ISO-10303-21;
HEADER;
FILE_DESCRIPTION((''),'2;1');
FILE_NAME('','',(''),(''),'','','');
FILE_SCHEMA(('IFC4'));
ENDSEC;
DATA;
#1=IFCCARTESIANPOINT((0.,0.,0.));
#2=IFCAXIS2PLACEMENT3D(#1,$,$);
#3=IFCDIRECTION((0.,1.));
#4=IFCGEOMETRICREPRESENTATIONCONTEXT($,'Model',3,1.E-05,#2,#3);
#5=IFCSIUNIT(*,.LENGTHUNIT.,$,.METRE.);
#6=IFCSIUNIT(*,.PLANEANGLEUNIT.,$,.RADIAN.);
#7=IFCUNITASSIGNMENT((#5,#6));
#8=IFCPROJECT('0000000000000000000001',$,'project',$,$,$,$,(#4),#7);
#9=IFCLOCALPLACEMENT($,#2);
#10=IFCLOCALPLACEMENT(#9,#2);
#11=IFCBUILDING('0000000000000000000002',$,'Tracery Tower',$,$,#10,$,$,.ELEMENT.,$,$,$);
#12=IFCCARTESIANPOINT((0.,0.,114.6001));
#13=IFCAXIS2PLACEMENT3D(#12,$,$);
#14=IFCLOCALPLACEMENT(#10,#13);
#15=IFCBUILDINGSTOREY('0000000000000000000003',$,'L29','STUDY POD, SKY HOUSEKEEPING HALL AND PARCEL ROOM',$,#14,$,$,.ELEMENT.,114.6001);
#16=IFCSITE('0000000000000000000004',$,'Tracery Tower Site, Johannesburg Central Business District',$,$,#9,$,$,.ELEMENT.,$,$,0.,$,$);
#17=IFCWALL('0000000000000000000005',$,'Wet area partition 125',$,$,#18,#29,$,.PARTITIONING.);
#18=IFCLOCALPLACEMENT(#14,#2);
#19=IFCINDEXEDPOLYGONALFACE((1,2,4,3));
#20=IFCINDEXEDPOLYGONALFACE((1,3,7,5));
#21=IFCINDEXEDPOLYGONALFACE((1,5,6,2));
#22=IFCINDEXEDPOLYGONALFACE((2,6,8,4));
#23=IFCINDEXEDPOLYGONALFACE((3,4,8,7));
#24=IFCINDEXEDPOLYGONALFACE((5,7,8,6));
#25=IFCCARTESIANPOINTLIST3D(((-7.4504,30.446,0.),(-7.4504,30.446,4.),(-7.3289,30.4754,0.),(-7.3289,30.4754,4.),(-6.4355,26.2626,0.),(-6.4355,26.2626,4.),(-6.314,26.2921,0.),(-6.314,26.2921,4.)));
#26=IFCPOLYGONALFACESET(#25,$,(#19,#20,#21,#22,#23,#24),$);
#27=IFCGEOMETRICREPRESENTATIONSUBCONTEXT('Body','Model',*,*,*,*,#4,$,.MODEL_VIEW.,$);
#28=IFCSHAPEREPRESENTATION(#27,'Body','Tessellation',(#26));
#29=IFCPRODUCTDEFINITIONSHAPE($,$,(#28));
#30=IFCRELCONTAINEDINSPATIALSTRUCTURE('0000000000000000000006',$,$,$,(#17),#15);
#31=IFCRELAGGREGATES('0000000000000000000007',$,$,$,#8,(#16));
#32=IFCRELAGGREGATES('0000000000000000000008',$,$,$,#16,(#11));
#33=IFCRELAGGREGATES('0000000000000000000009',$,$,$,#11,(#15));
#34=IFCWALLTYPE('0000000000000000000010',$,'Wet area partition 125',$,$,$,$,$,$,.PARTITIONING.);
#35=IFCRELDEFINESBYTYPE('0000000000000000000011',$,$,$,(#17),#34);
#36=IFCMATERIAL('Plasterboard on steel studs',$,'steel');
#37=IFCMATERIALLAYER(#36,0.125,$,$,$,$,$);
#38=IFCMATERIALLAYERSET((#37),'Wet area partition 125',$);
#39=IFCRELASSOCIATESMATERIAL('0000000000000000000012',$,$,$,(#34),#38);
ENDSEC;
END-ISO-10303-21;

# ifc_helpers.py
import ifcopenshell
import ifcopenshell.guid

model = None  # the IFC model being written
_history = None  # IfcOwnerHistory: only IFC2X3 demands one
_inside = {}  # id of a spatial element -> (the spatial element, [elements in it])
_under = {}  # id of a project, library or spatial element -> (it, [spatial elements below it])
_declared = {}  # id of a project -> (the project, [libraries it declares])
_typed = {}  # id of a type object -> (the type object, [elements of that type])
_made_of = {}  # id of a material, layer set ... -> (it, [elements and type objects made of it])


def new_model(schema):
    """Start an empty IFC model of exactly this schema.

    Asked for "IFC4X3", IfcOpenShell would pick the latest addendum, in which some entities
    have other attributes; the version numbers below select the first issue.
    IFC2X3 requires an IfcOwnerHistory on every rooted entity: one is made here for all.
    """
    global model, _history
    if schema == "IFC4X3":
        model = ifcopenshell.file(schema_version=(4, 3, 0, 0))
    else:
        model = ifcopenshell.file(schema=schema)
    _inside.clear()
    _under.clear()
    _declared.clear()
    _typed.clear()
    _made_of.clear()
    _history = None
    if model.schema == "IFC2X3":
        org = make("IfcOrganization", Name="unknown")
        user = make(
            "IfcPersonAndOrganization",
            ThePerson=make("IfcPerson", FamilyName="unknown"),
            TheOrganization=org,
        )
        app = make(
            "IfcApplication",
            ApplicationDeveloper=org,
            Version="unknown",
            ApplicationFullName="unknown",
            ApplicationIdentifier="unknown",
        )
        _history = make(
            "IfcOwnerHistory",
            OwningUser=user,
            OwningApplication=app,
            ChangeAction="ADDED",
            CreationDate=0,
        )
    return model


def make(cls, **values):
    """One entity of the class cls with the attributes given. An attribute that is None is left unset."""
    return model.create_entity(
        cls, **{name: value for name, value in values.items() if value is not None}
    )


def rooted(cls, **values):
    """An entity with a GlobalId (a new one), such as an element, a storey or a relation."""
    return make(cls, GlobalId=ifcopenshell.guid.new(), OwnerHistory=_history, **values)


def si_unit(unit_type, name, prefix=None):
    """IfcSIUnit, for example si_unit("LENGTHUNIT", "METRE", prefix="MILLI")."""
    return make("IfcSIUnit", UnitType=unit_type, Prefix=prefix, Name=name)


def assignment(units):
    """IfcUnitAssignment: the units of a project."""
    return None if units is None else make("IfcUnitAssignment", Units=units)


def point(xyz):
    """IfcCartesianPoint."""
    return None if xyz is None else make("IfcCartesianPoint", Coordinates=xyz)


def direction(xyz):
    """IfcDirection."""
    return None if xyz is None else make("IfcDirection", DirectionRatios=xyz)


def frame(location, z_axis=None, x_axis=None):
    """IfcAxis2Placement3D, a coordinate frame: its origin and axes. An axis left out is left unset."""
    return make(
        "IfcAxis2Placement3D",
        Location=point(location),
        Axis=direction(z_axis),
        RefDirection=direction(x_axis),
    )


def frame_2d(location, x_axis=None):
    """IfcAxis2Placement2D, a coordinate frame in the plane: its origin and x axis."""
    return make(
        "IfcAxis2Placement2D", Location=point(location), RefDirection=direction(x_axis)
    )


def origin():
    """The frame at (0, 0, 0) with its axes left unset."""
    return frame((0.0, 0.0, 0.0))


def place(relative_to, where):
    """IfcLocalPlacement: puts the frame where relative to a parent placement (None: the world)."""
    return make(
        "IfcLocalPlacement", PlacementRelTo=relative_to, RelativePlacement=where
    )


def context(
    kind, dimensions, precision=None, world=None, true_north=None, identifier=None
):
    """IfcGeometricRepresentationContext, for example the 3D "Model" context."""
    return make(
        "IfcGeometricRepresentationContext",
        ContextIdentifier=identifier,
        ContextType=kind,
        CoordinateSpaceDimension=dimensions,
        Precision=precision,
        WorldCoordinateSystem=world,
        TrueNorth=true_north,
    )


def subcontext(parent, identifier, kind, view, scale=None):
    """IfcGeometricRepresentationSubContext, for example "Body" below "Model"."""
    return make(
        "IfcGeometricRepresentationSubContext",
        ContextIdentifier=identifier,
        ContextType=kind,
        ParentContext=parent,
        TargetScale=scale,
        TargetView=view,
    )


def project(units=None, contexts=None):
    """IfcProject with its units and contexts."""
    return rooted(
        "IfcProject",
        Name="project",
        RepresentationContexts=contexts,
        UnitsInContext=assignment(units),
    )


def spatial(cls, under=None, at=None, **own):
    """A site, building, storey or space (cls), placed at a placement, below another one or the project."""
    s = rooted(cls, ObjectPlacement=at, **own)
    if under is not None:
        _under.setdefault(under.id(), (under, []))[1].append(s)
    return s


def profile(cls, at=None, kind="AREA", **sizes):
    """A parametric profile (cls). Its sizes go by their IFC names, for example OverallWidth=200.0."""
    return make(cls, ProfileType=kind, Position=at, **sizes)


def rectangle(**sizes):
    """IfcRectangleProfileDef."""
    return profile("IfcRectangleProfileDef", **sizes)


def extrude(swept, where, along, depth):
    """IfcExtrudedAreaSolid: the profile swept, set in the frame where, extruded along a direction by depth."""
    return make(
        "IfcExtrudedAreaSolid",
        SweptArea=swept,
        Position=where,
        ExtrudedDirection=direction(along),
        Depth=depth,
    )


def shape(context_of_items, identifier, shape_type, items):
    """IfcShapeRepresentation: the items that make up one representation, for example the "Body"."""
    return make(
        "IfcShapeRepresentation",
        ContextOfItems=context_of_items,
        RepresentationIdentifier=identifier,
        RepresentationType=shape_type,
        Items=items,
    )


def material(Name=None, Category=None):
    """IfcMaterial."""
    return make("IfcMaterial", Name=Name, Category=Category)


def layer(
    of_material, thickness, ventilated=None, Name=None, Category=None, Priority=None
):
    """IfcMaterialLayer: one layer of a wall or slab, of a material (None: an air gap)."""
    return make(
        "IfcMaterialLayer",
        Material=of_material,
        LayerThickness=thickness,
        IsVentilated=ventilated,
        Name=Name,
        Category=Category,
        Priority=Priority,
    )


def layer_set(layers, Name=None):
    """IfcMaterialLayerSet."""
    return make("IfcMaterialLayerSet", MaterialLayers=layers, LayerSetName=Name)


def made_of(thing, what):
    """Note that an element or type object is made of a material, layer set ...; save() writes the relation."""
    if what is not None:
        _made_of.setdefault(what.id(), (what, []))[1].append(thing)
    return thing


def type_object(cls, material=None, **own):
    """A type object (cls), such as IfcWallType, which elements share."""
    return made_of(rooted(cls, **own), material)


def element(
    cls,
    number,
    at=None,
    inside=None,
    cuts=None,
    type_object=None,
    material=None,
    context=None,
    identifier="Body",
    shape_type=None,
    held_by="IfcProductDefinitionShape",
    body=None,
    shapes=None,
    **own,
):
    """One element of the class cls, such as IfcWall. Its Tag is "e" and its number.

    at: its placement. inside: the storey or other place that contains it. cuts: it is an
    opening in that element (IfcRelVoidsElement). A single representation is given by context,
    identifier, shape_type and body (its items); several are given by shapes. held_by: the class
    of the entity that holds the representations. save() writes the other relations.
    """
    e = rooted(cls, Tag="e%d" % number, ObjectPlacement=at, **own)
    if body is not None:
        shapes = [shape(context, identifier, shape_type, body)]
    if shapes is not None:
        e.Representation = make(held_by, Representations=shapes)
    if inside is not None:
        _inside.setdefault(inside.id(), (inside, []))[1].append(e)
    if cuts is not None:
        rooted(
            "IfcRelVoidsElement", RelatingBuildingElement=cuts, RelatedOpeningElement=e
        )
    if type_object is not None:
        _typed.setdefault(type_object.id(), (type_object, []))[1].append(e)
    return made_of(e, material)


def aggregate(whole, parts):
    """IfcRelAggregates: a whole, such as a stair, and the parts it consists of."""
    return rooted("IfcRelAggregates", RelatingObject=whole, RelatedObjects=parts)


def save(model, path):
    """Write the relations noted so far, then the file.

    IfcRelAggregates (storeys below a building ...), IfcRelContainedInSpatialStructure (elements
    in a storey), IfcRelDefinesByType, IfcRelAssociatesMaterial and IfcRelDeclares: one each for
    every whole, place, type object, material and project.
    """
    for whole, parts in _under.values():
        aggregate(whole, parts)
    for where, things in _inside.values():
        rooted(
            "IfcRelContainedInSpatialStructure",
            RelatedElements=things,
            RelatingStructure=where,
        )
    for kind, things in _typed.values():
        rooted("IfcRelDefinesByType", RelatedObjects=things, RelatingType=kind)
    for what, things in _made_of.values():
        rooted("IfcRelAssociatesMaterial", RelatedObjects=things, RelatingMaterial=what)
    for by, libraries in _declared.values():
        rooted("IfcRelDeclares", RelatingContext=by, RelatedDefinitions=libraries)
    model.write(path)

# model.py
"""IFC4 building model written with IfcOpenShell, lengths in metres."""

from ifc_helpers import new_model, si_unit, direction, frame, frame_2d, origin, place, context, subcontext, project, spatial, rectangle, extrude, material, layer, layer_set, type_object, element, save


model = new_model("IFC4")

# Units and contexts
model_context = context("Model", 3, precision=1e-05, world=origin(), true_north=direction((0.0, 1.0)))
body_context = subcontext(model_context, "Body", "Model", "MODEL_VIEW")
ifc_project = project(units=[si_unit("LENGTHUNIT", "METRE"), si_unit("PLANEANGLEUNIT", "RADIAN")], contexts=[model_context])

# Site, building, storey
site_placement = place(None, origin())
site = spatial("IfcSite", under=ifc_project, at=site_placement, Name="Tracery Tower Site, Johannesburg Central Business District", CompositionType="ELEMENT", RefElevation=0.0)
building_placement = place(site_placement, origin())
building = spatial("IfcBuilding", under=site, at=building_placement, Name="Tracery Tower", CompositionType="ELEMENT")
storey_placement = place(building_placement, frame((0.0, 0.0, 114.6001)))
storey = spatial("IfcBuildingStorey", under=building, at=storey_placement, Name="L29", Description="STUDY POD, SKY HOUSEKEEPING HALL AND PARCEL ROOM", CompositionType="ELEMENT", Elevation=114.6001)

# Wall
ifc_material_1 = material(Name="Plasterboard on steel studs", Category="steel")
ifc_layer_1 = layer(ifc_material_1, 0.125)
ifc_layer_set_1 = layer_set([ifc_layer_1], Name="Wet area partition 125")
wall_type_1 = type_object("IfcWallType", Name="Wet area partition 125", PredefinedType="PARTITIONING", material=ifc_layer_set_1)
wall_1_placement = place(storey_placement, frame((-7.3896, 30.4607, 0.0), z_axis=(0.0, 0.0, 1.0), x_axis=(0.235764, -0.97181, 0.0)))
element("IfcWall", 1, at=wall_1_placement, inside=storey, type_object=wall_type_1, Name="Wet area partition 125", PredefinedType="PARTITIONING", context=body_context, shape_type="SweptSolid", body=[
    extrude(rectangle(XDim=4.3047, YDim=0.125, at=frame_2d((2.1523, 0.0))), origin(), (0.0, 0.0, 1.0), 4.0),
])

save(model, "model.ifc")
